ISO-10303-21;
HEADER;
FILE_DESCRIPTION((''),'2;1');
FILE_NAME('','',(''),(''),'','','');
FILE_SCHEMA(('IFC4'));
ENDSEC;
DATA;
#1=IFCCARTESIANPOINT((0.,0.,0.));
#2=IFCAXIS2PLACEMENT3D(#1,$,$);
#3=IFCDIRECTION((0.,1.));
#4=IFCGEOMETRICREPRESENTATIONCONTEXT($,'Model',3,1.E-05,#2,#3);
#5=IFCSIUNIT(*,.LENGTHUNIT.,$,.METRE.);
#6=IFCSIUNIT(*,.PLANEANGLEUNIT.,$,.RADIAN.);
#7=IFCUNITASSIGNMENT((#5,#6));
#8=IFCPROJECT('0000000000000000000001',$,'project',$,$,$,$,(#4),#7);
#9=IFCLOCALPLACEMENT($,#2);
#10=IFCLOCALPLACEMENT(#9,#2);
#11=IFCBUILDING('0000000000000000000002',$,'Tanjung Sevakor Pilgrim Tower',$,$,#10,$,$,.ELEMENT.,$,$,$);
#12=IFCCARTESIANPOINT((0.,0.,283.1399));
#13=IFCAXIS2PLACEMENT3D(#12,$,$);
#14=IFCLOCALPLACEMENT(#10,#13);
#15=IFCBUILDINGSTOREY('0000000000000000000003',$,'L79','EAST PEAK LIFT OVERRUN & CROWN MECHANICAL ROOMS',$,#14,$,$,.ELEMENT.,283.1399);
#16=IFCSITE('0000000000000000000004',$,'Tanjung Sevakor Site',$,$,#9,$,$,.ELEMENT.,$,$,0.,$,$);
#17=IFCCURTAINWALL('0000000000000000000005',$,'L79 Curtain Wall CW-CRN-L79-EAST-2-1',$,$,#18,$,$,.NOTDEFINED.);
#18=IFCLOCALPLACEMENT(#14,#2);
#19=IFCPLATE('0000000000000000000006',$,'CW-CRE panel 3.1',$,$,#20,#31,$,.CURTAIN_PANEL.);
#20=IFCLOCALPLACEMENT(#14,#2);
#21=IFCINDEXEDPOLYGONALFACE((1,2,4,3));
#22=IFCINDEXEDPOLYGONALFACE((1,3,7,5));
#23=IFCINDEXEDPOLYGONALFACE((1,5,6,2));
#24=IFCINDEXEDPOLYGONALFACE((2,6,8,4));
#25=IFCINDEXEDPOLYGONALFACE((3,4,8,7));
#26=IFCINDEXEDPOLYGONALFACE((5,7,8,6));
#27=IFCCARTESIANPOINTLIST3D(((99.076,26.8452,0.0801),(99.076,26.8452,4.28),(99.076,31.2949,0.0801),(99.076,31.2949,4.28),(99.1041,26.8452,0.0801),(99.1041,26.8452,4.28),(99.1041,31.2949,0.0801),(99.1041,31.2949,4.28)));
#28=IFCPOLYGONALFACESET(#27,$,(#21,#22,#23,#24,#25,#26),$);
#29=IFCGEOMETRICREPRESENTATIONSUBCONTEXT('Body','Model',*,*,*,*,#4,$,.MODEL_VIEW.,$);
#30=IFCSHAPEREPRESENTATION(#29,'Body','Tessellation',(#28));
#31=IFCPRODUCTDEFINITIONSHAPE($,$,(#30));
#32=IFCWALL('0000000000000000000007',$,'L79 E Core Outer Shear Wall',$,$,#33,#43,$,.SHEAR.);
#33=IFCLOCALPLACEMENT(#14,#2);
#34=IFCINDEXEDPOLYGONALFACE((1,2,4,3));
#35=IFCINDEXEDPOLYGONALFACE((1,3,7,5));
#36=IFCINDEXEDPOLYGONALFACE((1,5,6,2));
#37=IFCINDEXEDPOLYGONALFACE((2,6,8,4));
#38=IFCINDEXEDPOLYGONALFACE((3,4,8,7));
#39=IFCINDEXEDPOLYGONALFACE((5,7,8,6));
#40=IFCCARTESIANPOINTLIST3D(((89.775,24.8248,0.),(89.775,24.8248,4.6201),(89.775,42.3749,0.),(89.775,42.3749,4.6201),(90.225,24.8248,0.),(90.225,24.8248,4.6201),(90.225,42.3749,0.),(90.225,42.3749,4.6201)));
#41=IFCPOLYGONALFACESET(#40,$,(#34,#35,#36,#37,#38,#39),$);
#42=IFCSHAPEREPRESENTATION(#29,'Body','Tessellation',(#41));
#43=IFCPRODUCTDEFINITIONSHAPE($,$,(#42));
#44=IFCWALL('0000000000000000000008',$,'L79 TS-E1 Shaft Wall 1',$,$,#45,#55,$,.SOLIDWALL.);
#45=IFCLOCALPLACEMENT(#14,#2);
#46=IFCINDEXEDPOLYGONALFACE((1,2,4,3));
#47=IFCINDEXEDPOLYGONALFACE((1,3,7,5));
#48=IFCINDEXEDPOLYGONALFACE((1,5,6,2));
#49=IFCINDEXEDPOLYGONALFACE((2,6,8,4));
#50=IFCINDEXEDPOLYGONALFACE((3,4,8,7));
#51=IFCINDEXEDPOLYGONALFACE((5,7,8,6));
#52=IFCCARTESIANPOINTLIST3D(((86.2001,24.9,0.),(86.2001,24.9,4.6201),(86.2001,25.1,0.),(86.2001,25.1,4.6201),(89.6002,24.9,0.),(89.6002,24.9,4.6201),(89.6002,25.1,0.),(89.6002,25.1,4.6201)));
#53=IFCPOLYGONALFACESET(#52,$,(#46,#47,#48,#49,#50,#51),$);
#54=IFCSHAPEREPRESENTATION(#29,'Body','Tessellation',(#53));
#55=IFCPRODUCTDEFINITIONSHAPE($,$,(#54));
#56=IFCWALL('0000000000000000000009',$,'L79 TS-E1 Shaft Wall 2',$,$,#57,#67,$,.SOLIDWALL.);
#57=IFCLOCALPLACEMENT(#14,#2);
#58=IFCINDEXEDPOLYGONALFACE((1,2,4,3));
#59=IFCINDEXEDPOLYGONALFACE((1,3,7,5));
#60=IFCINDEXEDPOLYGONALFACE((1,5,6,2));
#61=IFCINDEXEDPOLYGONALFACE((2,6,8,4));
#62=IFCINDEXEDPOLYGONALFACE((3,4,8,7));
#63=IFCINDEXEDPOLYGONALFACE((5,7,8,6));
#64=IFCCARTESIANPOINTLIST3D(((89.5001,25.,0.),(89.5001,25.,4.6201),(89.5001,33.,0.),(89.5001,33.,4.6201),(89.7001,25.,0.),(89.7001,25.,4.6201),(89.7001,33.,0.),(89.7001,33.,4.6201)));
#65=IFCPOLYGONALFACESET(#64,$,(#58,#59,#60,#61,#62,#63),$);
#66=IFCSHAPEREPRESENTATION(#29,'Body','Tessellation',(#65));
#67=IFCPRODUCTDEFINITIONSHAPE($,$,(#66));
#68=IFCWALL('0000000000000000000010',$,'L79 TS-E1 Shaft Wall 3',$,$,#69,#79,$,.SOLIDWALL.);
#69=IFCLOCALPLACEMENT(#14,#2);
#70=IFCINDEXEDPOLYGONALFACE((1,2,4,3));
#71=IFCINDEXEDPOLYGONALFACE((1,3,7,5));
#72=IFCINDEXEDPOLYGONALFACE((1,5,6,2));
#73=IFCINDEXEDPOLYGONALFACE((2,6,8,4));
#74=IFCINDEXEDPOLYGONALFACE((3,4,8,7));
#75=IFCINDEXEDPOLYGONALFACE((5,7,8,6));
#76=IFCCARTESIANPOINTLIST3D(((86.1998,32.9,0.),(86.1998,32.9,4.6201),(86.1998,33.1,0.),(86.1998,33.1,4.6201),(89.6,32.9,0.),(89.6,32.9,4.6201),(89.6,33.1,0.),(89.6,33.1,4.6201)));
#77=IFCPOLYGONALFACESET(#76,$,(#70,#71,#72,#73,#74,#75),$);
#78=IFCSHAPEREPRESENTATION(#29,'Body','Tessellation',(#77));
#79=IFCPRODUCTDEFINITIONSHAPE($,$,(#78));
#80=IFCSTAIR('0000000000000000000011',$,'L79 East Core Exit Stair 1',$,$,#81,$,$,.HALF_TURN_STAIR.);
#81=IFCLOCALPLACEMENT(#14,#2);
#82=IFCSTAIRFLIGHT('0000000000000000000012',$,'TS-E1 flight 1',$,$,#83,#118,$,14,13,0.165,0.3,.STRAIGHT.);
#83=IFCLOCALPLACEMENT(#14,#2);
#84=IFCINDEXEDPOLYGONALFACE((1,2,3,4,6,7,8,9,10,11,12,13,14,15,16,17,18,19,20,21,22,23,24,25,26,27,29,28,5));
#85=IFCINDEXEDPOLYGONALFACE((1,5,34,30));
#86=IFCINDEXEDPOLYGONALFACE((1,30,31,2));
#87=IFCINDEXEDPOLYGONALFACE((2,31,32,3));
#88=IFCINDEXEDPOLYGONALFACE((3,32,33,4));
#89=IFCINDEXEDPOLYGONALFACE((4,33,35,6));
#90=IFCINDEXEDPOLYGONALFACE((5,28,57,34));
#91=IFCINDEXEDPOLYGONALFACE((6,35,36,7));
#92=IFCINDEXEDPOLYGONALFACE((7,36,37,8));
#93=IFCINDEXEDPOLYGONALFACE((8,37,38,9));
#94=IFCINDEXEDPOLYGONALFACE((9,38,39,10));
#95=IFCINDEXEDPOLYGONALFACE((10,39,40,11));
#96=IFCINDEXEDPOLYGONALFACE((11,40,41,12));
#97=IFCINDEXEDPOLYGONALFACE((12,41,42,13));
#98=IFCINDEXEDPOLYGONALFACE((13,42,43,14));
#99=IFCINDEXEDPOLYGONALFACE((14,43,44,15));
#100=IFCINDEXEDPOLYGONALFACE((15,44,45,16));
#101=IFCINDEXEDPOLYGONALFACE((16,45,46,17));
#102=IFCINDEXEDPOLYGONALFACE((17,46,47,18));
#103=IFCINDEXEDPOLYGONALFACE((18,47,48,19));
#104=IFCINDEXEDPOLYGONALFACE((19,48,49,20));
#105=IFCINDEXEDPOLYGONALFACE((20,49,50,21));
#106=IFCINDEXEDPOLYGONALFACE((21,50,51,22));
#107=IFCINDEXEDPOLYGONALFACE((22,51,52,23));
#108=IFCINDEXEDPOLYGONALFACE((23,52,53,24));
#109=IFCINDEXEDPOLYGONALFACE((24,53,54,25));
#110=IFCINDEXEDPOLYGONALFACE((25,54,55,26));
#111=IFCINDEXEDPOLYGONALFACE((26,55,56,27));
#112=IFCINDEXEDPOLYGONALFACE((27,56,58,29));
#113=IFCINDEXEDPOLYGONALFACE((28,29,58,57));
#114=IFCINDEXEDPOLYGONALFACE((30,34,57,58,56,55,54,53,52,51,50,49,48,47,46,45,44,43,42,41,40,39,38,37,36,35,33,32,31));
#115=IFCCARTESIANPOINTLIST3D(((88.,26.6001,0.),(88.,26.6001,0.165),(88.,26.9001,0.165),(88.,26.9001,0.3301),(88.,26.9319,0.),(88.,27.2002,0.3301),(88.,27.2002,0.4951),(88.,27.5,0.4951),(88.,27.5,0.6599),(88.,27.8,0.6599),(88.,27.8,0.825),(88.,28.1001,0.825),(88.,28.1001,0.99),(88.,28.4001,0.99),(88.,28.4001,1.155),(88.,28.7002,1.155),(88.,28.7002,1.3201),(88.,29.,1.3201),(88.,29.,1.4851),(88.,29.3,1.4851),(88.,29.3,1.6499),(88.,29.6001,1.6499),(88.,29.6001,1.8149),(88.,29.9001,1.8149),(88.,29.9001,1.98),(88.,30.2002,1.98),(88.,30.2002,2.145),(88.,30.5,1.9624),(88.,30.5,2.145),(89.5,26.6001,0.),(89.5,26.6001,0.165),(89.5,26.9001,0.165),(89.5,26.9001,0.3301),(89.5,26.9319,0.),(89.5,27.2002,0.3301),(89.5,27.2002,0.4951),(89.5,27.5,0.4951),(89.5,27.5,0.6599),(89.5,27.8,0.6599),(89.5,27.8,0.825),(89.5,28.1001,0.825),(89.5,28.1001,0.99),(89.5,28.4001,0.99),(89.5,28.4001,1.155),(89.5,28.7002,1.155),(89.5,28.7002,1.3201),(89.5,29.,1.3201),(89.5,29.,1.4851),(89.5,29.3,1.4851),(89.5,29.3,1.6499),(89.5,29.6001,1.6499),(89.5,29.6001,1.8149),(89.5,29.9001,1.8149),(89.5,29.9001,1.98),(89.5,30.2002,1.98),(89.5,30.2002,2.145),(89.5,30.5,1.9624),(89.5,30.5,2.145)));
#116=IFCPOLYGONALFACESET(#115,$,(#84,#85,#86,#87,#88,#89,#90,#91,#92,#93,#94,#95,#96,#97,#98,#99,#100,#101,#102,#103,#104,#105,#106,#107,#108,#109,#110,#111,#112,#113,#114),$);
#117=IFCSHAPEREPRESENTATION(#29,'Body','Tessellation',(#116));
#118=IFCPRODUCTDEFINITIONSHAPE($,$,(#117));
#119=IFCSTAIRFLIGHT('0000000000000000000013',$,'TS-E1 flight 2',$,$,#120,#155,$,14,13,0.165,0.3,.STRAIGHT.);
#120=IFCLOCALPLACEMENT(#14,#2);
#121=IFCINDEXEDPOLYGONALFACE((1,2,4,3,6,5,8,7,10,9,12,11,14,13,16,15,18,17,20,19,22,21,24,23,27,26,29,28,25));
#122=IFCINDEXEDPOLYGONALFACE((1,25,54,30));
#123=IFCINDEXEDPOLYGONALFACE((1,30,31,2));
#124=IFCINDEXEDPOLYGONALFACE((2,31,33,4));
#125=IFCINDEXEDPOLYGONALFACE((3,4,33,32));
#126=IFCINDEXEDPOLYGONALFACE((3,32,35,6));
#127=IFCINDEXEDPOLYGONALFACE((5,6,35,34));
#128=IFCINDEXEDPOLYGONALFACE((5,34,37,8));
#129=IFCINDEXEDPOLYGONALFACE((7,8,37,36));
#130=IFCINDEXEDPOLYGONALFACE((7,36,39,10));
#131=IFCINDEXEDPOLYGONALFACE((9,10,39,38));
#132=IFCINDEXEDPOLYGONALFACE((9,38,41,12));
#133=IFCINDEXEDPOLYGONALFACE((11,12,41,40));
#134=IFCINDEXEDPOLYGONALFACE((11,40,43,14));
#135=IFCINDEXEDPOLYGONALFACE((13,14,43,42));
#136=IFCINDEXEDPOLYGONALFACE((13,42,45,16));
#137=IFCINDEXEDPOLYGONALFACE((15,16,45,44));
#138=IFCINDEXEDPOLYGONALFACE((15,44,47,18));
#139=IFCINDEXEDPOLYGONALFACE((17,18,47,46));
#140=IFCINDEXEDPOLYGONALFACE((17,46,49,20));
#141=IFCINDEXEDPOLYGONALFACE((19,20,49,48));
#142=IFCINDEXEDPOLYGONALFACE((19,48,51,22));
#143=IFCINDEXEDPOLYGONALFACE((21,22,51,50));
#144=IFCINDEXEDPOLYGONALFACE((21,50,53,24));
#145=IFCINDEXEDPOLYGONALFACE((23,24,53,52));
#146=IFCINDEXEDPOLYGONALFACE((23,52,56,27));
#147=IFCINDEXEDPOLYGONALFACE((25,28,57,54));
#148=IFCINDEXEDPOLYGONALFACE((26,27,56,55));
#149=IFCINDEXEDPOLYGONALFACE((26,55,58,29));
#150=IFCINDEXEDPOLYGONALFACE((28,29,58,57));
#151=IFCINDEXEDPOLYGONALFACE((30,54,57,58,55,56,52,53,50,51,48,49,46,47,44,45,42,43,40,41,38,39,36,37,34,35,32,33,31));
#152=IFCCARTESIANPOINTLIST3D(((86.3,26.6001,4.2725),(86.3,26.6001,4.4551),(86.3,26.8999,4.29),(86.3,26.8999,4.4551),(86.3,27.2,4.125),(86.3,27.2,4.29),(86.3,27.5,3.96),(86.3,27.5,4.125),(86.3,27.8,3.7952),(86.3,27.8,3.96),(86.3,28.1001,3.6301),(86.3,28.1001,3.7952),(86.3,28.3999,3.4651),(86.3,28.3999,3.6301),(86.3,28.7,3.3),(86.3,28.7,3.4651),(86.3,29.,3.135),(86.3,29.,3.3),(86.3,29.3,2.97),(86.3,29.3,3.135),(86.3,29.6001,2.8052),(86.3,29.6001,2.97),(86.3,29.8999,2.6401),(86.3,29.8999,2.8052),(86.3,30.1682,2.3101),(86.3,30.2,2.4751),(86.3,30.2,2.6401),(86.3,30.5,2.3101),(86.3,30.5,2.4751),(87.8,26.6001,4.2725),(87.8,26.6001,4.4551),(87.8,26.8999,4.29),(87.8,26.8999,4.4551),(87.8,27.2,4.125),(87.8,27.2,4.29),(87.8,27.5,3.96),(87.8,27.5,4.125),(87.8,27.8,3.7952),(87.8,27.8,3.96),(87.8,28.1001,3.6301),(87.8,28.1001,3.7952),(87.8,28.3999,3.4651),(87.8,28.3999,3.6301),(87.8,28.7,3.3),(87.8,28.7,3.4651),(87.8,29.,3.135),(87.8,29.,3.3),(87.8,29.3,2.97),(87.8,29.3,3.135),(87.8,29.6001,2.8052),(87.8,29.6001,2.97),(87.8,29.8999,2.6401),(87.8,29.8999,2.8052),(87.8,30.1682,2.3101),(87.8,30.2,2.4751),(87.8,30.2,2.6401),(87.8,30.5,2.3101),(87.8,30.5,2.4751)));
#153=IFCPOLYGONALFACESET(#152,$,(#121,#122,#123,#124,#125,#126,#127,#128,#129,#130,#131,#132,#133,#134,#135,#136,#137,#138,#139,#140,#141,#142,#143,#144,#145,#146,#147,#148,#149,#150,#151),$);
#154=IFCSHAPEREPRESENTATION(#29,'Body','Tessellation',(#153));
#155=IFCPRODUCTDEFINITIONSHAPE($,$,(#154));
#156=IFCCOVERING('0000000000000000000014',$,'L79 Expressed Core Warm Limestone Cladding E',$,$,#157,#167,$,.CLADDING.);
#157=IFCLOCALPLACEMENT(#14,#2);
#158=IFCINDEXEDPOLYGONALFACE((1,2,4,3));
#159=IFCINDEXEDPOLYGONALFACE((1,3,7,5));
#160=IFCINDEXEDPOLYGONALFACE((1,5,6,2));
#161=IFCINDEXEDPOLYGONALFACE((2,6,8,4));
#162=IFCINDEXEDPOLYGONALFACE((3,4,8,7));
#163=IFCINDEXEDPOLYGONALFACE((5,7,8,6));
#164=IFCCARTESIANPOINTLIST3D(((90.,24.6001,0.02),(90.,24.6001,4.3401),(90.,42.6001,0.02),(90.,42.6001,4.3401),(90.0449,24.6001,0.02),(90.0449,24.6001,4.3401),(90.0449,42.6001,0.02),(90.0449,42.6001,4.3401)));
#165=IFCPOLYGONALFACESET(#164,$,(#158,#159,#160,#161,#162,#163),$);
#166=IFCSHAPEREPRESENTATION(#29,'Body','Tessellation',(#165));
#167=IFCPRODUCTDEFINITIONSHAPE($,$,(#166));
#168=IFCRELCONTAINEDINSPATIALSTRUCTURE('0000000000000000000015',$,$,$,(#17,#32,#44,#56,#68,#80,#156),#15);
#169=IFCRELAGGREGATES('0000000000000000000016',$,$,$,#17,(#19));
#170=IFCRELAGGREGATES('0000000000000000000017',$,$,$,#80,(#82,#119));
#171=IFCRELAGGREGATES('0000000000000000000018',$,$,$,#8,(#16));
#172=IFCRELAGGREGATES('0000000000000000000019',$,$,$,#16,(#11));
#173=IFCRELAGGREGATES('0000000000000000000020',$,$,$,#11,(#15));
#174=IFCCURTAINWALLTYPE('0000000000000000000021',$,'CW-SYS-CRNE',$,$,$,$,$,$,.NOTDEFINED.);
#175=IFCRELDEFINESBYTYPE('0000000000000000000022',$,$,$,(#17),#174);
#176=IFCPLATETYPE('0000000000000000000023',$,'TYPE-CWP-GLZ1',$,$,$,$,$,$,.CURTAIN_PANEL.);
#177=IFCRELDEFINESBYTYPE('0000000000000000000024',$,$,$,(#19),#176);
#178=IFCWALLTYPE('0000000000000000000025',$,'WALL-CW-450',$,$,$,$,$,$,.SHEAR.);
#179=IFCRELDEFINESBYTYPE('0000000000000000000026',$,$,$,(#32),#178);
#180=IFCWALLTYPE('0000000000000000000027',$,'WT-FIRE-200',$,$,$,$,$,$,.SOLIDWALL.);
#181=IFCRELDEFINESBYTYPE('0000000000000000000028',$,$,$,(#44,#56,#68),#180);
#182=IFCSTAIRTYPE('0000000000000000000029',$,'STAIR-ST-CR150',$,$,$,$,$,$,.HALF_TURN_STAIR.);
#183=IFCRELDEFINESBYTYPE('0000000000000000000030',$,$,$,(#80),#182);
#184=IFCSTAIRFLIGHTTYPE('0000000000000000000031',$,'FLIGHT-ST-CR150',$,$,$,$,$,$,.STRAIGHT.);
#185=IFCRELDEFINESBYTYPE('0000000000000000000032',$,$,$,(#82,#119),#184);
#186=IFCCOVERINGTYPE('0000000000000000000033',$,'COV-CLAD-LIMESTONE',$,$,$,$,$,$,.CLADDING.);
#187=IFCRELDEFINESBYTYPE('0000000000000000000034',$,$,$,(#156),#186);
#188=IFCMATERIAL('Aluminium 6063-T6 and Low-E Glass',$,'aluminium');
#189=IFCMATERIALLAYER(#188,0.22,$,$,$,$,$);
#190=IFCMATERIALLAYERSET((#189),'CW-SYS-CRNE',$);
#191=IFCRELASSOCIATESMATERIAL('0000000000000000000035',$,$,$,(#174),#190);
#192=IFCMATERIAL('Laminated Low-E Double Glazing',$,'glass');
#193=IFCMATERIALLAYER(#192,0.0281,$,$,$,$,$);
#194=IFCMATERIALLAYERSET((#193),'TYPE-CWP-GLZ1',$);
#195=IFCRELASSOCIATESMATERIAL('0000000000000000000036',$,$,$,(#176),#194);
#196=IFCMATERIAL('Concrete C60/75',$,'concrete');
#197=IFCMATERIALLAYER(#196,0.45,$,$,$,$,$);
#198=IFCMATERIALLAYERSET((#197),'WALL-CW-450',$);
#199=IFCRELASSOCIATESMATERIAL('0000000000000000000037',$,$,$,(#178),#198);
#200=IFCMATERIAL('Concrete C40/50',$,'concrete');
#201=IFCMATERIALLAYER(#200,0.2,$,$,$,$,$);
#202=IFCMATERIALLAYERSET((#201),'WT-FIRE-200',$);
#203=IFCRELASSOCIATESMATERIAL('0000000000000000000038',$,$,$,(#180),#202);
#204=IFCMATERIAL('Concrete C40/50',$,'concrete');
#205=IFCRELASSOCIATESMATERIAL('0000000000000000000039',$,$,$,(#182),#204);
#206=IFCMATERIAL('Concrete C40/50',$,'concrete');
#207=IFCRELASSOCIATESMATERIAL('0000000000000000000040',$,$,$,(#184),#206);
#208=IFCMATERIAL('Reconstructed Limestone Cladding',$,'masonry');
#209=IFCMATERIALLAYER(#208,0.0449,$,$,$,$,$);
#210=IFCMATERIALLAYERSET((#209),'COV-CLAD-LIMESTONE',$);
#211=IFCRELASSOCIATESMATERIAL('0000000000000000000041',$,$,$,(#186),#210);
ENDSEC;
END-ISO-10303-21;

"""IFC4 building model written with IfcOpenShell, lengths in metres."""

from ifc_helpers import new_model, si_unit, direction, frame, frame_2d, origin, origin_2d, place, context, subcontext, project, spatial, polyline, rectangle, outline, extrude, material, layer, layer_set, type_object, element, aggregate, save


model = new_model("IFC4")

# Units and contexts
model_context = context("Model", 3, precision=1e-05, world=origin(), true_north=direction((0.0, 1.0)))
body_context = subcontext(model_context, "Body", "Model", "MODEL_VIEW")
ifc_project = project(units=[si_unit("LENGTHUNIT", "METRE"), si_unit("PLANEANGLEUNIT", "RADIAN")], contexts=[model_context])

# Site, building, storey
site_placement = place(None, origin())
site = spatial("IfcSite", under=ifc_project, at=site_placement, Name="Tanjung Sevakor Site", CompositionType="ELEMENT", RefElevation=0.0)
building_placement = place(site_placement, origin())
building = spatial("IfcBuilding", under=site, at=building_placement, Name="Tanjung Sevakor Pilgrim Tower", CompositionType="ELEMENT")
storey_placement = place(building_placement, frame((0.0, 0.0, 283.1399)))
storey = spatial("IfcBuildingStorey", under=building, at=storey_placement, Name="L79", Description="EAST PEAK LIFT OVERRUN & CROWN MECHANICAL ROOMS", CompositionType="ELEMENT", Elevation=283.1399)

# Curtain wall, plate
ifc_material_1 = material(Name="Aluminium 6063-T6 and Low-E Glass", Category="aluminium")
ifc_layer_1 = layer(ifc_material_1, 0.22)
ifc_layer_set_1 = layer_set([ifc_layer_1], Name="CW-SYS-CRNE")
curtain_wall_type = type_object("IfcCurtainWallType", Name="CW-SYS-CRNE", PredefinedType="NOTDEFINED", material=ifc_layer_set_1)
curtain_wall_placement = place(storey_placement, origin())
curtain_wall = element("IfcCurtainWall", 1, at=curtain_wall_placement, inside=storey, type_object=curtain_wall_type, Name="L79 Curtain Wall CW-CRN-L79-EAST-2-1", PredefinedType="NOTDEFINED")
ifc_material_2 = material(Name="Laminated Low-E Double Glazing", Category="glass")
ifc_layer_2 = layer(ifc_material_2, 0.0281)
ifc_layer_set_2 = layer_set([ifc_layer_2], Name="TYPE-CWP-GLZ1")
plate_type = type_object("IfcPlateType", Name="TYPE-CWP-GLZ1", PredefinedType="CURTAIN_PANEL", material=ifc_layer_set_2)
plate_1_placement = place(storey_placement, frame((99.0901, 29.0701, 0.0801), z_axis=(0.0, 0.0, 1.0), x_axis=(0.0, 1.0, 0.0)))
plate_1 = element("IfcPlate", 2, at=plate_1_placement, type_object=plate_type, Name="CW-CRE panel 3.1", PredefinedType="CURTAIN_PANEL", context=body_context, shape_type="SweptSolid", body=[
    extrude(rectangle(XDim=4.4497, YDim=0.0281, at=origin_2d()), origin(), (0.0, 0.0, 1.0), 4.2),
])
aggregate(curtain_wall, [plate_1])

# Walls
ifc_material_3 = material(Name="Concrete C60/75", Category="concrete")
ifc_layer_3 = layer(ifc_material_3, 0.45)
ifc_layer_set_3 = layer_set([ifc_layer_3], Name="WALL-CW-450")
wall_type_1 = type_object("IfcWallType", Name="WALL-CW-450", PredefinedType="SHEAR", material=ifc_layer_set_3)
wall_1_placement = place(storey_placement, frame((90.0, 24.825, 0.0), z_axis=(0.0, 0.0, 1.0), x_axis=(0.0, 1.0, 0.0)))
element("IfcWall", 3, at=wall_1_placement, inside=storey, type_object=wall_type_1, Name="L79 E Core Outer Shear Wall", PredefinedType="SHEAR", context=body_context, shape_type="SweptSolid", body=[
    extrude(rectangle(XDim=17.55, YDim=0.45, at=frame_2d((8.7749, 0.0))), origin(), (0.0, 0.0, 1.0), 4.6201),
])
ifc_material_4 = material(Name="Concrete C40/50", Category="concrete")
ifc_layer_4 = layer(ifc_material_4, 0.2)
ifc_layer_set_4 = layer_set([ifc_layer_4], Name="WT-FIRE-200")
wall_type_2 = type_object("IfcWallType", Name="WT-FIRE-200", PredefinedType="SOLIDWALL", material=ifc_layer_set_4)
wall_2_placement = place(storey_placement, frame((86.2, 25.0, 0.0), z_axis=(0.0, 0.0, 1.0), x_axis=(1.0, 0.0, 0.0)))
element("IfcWall", 4, at=wall_2_placement, inside=storey, type_object=wall_type_2, Name="L79 TS-E1 Shaft Wall 1", PredefinedType="SOLIDWALL", context=body_context, shape_type="SweptSolid", body=[
    extrude(rectangle(XDim=3.4001, YDim=0.2, at=frame_2d((1.7002, 0.0))), origin(), (0.0, 0.0, 1.0), 4.6201),
])
wall_3_placement = place(storey_placement, frame((89.6001, 25.0, 0.0), z_axis=(0.0, 0.0, 1.0), x_axis=(0.0, 1.0, 0.0)))
element("IfcWall", 5, at=wall_3_placement, inside=storey, type_object=wall_type_2, Name="L79 TS-E1 Shaft Wall 2", PredefinedType="SOLIDWALL", context=body_context, shape_type="SweptSolid", body=[
    extrude(rectangle(XDim=8.0, YDim=0.2, at=frame_2d((4.0, 0.0))), origin(), (0.0, 0.0, 1.0), 4.6201),
])
wall_4_placement = place(storey_placement, frame((89.6001, 33.0, 0.0), z_axis=(0.0, 0.0, 1.0), x_axis=(-1.0, 0.0, 0.0)))
element("IfcWall", 6, at=wall_4_placement, inside=storey, type_object=wall_type_2, Name="L79 TS-E1 Shaft Wall 3", PredefinedType="SOLIDWALL", context=body_context, shape_type="SweptSolid", body=[
    extrude(rectangle(XDim=3.4001, YDim=0.2, at=frame_2d((1.7002, 0.0))), origin(), (0.0, 0.0, 1.0), 4.6201),
])

# Stair, stair flights
ifc_material_5 = material(Name="Concrete C40/50", Category="concrete")
stair_type = type_object("IfcStairType", Name="STAIR-ST-CR150", PredefinedType="HALF_TURN_STAIR", material=ifc_material_5)
stair_placement = place(storey_placement, origin())
stair = element("IfcStair", 7, at=stair_placement, inside=storey, type_object=stair_type, Name="L79 East Core Exit Stair 1", PredefinedType="HALF_TURN_STAIR")
ifc_material_6 = material(Name="Concrete C40/50", Category="concrete")
stair_flight_type = type_object("IfcStairFlightType", Name="FLIGHT-ST-CR150", PredefinedType="STRAIGHT", material=ifc_material_6)
stair_flight_1_placement = place(storey_placement, frame((88.75, 26.6001, 0.0), z_axis=(0.0, 0.0, 1.0), x_axis=(0.0, 1.0, 0.0)))
stair_flight_1 = element("IfcStairFlight", 8, at=stair_flight_1_placement, type_object=stair_flight_type, Name="TS-E1 flight 1", NumberOfRisers=14, NumberOfTreads=13, PredefinedType="STRAIGHT", RiserHeight=0.165, TreadLength=0.3, context=body_context, shape_type="SweptSolid", body=[
    extrude(outline(polyline([(0.0, 0.0), (0.0, 0.165), (0.3, 0.165), (0.3, 0.3301), (0.6001, 0.3301), (0.6001, 0.4951), (0.8999, 0.4951), (0.8999, 0.6599), (1.2, 0.6599), (1.2, 0.825), (1.5, 0.825), (1.5, 0.99), (1.8, 0.99), (1.8, 1.155), (2.1001, 1.155), (2.1001, 1.3201), (2.3999, 1.3201), (2.3999, 1.4851), (2.7, 1.4851), (2.7, 1.6499), (3.0, 1.6499), (3.0, 1.8149), (3.3, 1.8149), (3.3, 1.98), (3.6001, 1.98), (3.6001, 2.145), (3.8999, 2.145), (3.8999, 2.3101), (3.8999, 1.9624), (0.3318, 0.0), (0.0, 0.0)])), frame((0.0, 0.75, 0.0), z_axis=(0.0, -1.0, 0.0), x_axis=(1.0, 0.0, 0.0)), (0.0, 0.0, 1.0), 1.5),
])
stair_flight_2_placement = place(storey_placement, frame((87.05, 30.5, 2.3101), z_axis=(0.0, 0.0, 1.0), x_axis=(0.0, -1.0, 0.0)))
stair_flight_2 = element("IfcStairFlight", 9, at=stair_flight_2_placement, type_object=stair_flight_type, Name="TS-E1 flight 2", NumberOfRisers=14, NumberOfTreads=13, PredefinedType="STRAIGHT", RiserHeight=0.165, TreadLength=0.3, context=body_context, shape_type="SweptSolid", body=[
    extrude(outline(polyline([(0.0, 0.0), (0.0, 0.165), (0.3, 0.165), (0.3, 0.3301), (0.6001, 0.3301), (0.6001, 0.4951), (0.8999, 0.4951), (0.8999, 0.6599), (1.2, 0.6599), (1.2, 0.825), (1.5, 0.825), (1.5, 0.99), (1.8, 0.99), (1.8, 1.155), (2.1001, 1.155), (2.1001, 1.3201), (2.3999, 1.3201), (2.3999, 1.4851), (2.7, 1.4851), (2.7, 1.6499), (3.0, 1.6499), (3.0, 1.8149), (3.3, 1.8149), (3.3, 1.98), (3.6001, 1.98), (3.6001, 2.145), (3.8999, 2.145), (3.8999, 2.3101), (3.8999, 1.9624), (0.3318, 0.0), (0.0, 0.0)])), frame((0.0, 0.75, 0.0), z_axis=(0.0, -1.0, 0.0), x_axis=(1.0, 0.0, 0.0)), (0.0, 0.0, 1.0), 1.5),
])
aggregate(stair, [stair_flight_1, stair_flight_2])

# Covering
ifc_material_7 = material(Name="Reconstructed Limestone Cladding", Category="masonry")
ifc_layer_5 = layer(ifc_material_7, 0.0449)
ifc_layer_set_5 = layer_set([ifc_layer_5], Name="COV-CLAD-LIMESTONE")
covering_type = type_object("IfcCoveringType", Name="COV-CLAD-LIMESTONE", PredefinedType="CLADDING", material=ifc_layer_set_5)
covering_placement = place(storey_placement, frame((90.0225, 33.6001, 0.02), z_axis=(0.0, 0.0, 1.0), x_axis=(1.0, 0.0, 0.0)))
element("IfcCovering", 10, at=covering_placement, inside=storey, type_object=covering_type, Name="L79 Expressed Core Warm Limestone Cladding E", PredefinedType="CLADDING", context=body_context, shape_type="SweptSolid", body=[
    extrude(rectangle(XDim=0.0449, YDim=18.0, at=origin_2d()), origin(), (0.0, 0.0, 1.0), 4.3201),
])

save(model, "model.ifc")
